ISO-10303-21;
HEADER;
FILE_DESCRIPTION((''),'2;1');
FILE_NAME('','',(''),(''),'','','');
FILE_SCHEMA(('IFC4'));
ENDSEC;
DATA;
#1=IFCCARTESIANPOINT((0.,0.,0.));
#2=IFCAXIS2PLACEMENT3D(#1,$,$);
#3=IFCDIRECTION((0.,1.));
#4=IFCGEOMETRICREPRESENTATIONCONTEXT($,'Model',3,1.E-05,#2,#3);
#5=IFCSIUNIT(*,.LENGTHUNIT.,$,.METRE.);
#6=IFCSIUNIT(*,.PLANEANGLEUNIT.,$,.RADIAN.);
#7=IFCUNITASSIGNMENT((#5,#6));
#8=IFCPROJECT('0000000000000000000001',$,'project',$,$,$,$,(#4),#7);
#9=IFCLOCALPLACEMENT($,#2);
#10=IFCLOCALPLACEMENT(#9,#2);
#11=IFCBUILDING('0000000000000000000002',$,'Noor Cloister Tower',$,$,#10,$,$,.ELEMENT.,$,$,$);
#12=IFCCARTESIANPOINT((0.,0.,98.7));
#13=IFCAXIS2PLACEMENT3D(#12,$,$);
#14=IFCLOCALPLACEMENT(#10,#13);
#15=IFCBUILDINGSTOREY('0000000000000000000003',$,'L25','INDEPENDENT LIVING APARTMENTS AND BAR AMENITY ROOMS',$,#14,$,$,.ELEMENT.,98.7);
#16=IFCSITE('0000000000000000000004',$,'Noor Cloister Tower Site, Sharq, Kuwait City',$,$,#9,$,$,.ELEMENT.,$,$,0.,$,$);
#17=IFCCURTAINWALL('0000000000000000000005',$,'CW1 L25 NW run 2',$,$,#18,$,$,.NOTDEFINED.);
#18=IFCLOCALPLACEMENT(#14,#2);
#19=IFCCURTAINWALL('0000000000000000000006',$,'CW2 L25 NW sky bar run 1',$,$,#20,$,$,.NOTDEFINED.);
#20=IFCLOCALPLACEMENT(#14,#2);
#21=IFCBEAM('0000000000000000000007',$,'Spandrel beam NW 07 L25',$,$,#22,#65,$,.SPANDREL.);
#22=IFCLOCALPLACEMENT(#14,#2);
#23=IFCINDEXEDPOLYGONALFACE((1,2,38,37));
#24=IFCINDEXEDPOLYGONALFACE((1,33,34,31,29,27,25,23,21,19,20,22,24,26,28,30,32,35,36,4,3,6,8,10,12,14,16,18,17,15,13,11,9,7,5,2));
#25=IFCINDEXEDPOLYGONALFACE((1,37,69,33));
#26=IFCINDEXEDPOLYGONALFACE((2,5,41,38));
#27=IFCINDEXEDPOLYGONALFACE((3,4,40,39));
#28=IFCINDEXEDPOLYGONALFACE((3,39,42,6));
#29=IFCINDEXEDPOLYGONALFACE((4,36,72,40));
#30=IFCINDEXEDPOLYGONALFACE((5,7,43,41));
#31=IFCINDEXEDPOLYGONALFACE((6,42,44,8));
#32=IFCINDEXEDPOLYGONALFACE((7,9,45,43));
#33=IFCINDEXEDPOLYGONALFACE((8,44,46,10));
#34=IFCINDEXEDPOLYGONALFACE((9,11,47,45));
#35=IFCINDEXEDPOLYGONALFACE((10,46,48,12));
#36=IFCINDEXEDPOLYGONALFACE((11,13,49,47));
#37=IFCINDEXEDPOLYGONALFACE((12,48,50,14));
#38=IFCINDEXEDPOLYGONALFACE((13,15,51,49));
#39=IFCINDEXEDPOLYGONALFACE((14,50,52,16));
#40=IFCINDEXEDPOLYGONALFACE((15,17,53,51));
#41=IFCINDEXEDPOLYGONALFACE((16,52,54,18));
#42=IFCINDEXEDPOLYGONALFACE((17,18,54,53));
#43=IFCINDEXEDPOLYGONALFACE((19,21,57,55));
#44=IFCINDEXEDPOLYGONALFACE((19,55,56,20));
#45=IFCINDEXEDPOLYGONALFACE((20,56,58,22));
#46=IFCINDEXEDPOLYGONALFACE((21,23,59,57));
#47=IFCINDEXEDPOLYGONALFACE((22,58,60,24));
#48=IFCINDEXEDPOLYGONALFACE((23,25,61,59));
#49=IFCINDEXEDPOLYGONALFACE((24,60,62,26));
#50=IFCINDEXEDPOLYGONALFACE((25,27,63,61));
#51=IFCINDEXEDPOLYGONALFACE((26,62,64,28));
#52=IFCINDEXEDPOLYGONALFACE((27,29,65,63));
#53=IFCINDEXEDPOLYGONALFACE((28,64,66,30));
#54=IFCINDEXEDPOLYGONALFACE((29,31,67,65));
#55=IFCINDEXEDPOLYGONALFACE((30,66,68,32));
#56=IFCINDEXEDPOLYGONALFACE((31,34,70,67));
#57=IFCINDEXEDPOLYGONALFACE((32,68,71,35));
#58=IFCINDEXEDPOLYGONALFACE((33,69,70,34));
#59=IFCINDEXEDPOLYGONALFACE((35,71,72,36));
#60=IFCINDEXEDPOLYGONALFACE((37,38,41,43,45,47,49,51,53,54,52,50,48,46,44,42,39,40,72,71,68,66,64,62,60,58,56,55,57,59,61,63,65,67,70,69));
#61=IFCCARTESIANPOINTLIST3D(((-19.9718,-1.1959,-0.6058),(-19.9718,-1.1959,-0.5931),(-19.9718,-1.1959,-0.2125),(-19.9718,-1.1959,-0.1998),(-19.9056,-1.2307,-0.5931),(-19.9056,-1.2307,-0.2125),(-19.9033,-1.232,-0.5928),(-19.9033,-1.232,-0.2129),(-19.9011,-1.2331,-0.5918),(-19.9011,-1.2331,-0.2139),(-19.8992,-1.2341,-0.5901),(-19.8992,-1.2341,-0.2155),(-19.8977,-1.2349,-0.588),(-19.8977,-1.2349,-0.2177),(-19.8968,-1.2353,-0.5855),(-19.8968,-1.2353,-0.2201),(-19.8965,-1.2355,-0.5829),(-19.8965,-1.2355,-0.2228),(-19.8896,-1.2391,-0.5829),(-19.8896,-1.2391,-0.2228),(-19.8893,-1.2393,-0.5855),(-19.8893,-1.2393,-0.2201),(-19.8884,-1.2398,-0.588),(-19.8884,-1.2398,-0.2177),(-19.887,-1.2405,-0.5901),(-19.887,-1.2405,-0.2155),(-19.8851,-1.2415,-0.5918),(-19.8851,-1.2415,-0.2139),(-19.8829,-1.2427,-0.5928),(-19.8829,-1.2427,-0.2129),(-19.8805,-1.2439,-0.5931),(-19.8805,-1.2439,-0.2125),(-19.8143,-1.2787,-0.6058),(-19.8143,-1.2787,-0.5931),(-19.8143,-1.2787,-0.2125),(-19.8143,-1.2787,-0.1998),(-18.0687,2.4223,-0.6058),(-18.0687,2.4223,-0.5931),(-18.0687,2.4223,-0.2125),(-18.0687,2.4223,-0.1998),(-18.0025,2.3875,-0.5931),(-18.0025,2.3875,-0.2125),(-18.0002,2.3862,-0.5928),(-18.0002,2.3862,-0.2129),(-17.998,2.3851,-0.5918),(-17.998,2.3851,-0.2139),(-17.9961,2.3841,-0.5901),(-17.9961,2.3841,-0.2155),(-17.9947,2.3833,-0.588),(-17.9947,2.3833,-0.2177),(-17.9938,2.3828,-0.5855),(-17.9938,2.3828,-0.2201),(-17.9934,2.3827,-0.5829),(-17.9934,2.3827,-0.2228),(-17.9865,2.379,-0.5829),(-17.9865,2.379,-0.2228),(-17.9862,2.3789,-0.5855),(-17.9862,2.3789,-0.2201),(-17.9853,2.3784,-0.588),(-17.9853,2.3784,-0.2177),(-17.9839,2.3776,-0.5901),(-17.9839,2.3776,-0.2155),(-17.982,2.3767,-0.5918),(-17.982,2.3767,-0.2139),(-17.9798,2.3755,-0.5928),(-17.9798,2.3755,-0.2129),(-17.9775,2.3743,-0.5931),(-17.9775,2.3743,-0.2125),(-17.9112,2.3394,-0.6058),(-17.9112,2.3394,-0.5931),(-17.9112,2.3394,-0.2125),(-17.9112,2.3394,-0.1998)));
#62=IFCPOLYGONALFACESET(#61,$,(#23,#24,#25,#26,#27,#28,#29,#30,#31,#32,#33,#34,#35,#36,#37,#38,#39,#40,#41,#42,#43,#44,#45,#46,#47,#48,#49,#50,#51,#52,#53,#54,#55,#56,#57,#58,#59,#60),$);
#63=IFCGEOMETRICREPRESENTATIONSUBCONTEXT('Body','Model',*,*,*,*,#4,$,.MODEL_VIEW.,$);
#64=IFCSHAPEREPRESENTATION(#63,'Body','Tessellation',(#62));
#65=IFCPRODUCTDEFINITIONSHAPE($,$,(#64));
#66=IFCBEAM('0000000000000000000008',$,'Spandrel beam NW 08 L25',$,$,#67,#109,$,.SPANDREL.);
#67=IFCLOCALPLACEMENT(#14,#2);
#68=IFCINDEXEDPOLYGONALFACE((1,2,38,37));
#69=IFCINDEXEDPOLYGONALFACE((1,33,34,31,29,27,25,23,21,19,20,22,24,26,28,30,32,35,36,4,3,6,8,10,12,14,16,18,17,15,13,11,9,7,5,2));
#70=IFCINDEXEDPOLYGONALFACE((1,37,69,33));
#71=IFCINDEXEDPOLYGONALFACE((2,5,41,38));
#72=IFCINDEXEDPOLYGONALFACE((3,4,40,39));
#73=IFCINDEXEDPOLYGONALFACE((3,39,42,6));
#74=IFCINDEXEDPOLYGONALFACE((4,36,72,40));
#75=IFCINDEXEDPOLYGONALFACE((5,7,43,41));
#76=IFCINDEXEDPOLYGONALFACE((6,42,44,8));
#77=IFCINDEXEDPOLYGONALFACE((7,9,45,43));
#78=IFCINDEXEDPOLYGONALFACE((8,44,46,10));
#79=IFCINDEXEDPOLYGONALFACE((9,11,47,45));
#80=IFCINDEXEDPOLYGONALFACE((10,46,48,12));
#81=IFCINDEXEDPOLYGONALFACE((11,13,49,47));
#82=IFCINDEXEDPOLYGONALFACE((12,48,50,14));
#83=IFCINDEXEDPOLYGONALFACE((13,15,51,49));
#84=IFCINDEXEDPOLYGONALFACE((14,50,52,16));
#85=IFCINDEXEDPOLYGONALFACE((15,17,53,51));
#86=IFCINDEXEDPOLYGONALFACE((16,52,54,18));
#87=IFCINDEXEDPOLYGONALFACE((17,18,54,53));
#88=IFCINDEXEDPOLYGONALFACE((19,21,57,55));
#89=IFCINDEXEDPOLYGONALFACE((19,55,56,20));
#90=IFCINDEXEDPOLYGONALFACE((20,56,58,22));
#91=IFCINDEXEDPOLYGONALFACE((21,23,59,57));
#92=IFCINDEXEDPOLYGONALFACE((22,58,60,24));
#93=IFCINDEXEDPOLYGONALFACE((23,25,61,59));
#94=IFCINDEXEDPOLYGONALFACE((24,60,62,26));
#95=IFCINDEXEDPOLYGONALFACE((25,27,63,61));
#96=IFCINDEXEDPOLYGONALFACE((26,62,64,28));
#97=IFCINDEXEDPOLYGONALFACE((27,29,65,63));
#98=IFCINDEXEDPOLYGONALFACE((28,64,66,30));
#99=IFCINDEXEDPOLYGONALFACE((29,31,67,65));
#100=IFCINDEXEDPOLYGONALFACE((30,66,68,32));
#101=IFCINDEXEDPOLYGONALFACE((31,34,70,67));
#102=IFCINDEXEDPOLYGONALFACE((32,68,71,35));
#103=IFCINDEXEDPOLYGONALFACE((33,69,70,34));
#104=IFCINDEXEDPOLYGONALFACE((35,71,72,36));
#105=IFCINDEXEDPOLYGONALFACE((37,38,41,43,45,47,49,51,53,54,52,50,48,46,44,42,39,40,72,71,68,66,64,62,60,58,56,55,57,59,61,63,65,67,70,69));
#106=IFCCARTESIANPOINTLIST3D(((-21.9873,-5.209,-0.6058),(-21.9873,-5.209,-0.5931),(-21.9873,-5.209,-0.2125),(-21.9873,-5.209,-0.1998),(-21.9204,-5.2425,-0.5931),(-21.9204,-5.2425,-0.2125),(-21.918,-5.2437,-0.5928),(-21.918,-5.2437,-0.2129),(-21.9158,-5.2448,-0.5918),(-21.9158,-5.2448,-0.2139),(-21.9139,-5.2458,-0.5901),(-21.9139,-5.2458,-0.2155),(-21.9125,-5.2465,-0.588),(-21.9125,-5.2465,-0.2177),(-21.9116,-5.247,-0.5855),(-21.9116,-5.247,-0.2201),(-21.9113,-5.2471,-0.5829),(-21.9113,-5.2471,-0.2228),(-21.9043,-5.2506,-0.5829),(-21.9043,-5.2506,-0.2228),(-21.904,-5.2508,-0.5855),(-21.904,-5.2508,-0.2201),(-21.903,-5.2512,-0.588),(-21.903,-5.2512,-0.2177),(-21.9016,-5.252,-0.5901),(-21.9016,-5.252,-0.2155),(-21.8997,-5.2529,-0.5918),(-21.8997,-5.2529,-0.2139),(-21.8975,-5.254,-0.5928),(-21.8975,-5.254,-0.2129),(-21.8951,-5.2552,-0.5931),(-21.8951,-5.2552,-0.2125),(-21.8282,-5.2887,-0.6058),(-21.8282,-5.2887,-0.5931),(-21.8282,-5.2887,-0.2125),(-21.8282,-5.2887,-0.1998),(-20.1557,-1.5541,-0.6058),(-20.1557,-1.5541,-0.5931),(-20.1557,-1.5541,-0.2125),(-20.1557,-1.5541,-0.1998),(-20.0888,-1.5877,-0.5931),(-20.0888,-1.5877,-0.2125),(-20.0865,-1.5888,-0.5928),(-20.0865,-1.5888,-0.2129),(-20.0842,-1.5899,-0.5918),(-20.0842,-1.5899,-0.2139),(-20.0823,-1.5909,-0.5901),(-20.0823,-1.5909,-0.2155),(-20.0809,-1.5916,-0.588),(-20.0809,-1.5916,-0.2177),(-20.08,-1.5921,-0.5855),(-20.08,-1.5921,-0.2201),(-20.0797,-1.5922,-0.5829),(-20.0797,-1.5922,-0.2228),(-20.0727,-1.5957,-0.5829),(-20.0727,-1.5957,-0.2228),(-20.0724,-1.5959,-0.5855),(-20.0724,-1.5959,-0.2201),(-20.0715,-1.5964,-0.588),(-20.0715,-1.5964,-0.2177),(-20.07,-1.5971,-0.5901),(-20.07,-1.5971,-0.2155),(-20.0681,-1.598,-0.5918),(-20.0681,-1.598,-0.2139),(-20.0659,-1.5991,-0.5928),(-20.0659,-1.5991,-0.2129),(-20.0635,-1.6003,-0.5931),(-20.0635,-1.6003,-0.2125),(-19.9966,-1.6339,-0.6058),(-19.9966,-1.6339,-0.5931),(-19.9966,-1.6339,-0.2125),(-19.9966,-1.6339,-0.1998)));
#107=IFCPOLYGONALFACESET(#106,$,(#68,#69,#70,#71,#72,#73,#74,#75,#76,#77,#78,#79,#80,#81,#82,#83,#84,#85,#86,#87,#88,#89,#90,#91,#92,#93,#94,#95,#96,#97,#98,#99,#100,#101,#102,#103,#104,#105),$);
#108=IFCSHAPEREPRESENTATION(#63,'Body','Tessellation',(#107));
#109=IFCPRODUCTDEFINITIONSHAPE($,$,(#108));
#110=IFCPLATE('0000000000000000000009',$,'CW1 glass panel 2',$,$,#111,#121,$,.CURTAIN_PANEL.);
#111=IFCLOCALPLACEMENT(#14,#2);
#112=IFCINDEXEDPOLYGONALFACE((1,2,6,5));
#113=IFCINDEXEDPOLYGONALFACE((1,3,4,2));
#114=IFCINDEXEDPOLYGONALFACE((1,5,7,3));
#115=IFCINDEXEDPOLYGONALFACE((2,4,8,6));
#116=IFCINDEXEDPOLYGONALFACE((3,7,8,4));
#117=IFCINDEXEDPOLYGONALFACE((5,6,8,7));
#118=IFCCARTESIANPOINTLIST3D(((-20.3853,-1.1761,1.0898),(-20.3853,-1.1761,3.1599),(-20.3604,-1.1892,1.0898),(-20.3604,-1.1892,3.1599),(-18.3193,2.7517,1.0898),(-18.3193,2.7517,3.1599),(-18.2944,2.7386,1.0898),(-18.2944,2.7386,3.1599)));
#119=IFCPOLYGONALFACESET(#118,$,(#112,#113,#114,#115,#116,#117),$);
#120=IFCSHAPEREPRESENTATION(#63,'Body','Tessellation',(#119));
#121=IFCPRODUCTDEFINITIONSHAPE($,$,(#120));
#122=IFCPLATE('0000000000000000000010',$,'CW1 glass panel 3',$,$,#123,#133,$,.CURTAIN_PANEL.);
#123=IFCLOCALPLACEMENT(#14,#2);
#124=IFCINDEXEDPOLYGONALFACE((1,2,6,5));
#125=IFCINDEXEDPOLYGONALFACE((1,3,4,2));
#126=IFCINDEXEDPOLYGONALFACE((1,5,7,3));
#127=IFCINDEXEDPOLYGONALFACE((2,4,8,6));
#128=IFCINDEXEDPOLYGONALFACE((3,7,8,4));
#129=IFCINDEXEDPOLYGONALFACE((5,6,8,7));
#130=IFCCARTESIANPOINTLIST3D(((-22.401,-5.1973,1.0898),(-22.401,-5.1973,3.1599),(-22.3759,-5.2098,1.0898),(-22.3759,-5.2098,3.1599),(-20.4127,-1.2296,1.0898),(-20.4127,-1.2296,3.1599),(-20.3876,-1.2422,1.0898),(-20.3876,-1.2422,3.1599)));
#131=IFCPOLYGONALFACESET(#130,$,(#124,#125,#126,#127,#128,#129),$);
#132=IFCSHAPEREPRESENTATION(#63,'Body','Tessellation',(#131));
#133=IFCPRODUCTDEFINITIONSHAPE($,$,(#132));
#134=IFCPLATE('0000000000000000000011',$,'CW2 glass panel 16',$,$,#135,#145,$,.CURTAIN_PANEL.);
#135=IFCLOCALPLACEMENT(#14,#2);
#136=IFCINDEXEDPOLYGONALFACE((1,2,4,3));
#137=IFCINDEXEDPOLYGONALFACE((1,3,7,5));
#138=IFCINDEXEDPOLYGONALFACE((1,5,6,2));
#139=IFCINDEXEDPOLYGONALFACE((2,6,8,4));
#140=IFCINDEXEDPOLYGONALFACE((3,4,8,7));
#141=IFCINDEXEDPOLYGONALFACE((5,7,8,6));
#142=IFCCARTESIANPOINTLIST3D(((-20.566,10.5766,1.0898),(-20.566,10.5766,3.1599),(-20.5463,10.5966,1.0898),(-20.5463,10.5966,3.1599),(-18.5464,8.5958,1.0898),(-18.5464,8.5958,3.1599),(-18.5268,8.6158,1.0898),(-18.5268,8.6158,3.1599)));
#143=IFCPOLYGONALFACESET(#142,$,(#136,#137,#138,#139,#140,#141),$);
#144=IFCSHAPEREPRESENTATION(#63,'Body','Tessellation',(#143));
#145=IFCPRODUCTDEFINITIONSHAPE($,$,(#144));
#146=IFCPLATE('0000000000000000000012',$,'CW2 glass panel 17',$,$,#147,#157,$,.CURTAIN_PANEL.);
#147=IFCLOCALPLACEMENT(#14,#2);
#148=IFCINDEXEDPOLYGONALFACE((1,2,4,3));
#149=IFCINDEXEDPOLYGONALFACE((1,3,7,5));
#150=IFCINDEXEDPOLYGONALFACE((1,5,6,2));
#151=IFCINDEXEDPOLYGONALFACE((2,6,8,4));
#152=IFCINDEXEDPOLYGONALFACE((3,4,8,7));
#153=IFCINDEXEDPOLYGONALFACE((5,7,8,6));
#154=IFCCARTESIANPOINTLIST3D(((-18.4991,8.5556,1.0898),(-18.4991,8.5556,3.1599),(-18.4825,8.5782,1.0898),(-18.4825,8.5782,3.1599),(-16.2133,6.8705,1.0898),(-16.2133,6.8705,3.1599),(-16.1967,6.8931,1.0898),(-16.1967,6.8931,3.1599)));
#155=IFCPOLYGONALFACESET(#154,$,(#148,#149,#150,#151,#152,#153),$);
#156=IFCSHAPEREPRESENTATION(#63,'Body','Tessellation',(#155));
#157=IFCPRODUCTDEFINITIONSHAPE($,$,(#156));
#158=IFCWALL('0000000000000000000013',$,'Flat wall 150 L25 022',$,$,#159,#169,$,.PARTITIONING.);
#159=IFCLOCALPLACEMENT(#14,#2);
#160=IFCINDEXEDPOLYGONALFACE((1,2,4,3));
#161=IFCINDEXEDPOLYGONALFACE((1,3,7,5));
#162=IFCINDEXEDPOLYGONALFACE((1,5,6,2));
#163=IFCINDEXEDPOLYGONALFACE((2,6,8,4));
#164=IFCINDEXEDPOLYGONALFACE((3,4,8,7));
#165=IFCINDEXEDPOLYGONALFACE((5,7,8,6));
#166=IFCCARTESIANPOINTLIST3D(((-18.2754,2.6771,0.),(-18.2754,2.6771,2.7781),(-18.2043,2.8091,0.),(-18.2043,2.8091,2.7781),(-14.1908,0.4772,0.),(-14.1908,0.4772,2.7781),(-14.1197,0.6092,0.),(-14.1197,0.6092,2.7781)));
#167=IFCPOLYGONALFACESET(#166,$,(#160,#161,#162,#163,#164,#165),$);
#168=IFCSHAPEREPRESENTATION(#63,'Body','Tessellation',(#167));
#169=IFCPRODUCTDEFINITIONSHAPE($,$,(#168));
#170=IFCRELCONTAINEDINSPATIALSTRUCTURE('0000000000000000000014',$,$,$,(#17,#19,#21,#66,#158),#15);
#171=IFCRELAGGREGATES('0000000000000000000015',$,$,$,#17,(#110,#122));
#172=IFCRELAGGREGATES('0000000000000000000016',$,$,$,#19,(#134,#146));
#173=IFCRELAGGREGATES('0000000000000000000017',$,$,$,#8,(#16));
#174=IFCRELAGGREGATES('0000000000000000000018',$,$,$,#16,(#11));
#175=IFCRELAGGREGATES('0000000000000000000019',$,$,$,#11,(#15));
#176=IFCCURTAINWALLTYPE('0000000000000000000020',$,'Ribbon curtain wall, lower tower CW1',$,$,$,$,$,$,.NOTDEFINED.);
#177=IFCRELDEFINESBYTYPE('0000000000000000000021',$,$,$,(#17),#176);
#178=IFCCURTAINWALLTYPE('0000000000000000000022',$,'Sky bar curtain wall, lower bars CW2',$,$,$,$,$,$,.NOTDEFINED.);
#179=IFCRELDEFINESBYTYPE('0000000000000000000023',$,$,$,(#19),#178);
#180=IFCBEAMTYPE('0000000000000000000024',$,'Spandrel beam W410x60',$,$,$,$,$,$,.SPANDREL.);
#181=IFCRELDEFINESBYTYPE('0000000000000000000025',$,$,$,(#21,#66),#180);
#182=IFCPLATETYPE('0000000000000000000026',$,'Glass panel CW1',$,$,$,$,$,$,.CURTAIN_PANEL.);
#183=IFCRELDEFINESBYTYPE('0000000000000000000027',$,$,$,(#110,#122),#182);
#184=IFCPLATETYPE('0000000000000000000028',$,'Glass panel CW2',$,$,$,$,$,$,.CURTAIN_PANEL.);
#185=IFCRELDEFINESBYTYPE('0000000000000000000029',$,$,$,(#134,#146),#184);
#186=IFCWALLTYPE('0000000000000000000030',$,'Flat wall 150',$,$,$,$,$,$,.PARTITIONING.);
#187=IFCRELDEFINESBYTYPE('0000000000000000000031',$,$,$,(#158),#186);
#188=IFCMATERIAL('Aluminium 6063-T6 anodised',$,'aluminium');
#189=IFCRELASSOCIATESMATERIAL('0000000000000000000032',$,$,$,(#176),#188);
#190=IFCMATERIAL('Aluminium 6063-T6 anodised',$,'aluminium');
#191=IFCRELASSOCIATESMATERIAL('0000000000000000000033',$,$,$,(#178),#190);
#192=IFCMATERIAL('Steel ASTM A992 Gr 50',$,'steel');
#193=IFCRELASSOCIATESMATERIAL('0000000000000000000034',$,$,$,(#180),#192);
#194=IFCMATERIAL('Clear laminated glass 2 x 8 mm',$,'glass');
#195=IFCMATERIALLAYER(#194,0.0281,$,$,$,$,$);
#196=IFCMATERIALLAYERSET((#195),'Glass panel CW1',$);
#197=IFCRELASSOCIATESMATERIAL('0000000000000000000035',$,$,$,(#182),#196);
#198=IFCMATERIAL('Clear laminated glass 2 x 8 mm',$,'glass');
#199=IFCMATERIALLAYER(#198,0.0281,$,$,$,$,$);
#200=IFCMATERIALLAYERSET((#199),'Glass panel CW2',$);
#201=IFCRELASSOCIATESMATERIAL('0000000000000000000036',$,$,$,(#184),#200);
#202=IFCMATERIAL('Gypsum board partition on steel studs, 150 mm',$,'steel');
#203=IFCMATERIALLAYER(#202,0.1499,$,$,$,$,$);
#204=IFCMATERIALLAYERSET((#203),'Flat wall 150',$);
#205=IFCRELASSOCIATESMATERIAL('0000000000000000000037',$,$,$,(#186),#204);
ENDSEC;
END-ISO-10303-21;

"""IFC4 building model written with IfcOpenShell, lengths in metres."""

from ifc_helpers import new_model, si_unit, direction, frame, frame_2d, origin, origin_2d, place, context, subcontext, project, spatial, rectangle, i_section, extrude, material, layer, layer_set, material_profile, profile_set, type_object, element, aggregate, save


model = new_model("IFC4")

# Units and contexts
model_context = context("Model", 3, precision=1e-05, world=origin(), true_north=direction((0.0, 1.0)))
body_context = subcontext(model_context, "Body", "Model", "MODEL_VIEW")
ifc_project = project(units=[si_unit("LENGTHUNIT", "METRE"), si_unit("PLANEANGLEUNIT", "RADIAN")], contexts=[model_context])

# Site, building, storey
site_placement = place(None, origin())
site = spatial("IfcSite", under=ifc_project, at=site_placement, Name="Noor Cloister Tower Site, Sharq, Kuwait City", CompositionType="ELEMENT", RefElevation=0.0)
building_placement = place(site_placement, origin())
building = spatial("IfcBuilding", under=site, at=building_placement, Name="Noor Cloister Tower", CompositionType="ELEMENT")
storey_placement = place(building_placement, frame((0.0, 0.0, 98.7)))
storey = spatial("IfcBuildingStorey", under=building, at=storey_placement, Name="L25", Description="INDEPENDENT LIVING APARTMENTS AND BAR AMENITY ROOMS", CompositionType="ELEMENT", Elevation=98.7)

# Curtain walls
ifc_material_1 = material(Name="Aluminium 6063-T6 anodised", Category="aluminium")
curtain_wall_type_1 = type_object("IfcCurtainWallType", Name="Ribbon curtain wall, lower tower CW1", PredefinedType="NOTDEFINED", material=ifc_material_1)
curtain_wall_1_placement = place(storey_placement, origin())
curtain_wall_1 = element("IfcCurtainWall", 1, at=curtain_wall_1_placement, inside=storey, type_object=curtain_wall_type_1, Name="CW1 L25 NW run 2", PredefinedType="NOTDEFINED")
ifc_material_2 = material(Name="Aluminium 6063-T6 anodised", Category="aluminium")
curtain_wall_type_2 = type_object("IfcCurtainWallType", Name="Sky bar curtain wall, lower bars CW2", PredefinedType="NOTDEFINED", material=ifc_material_2)
curtain_wall_2_placement = place(storey_placement, origin())
curtain_wall_2 = element("IfcCurtainWall", 2, at=curtain_wall_2_placement, inside=storey, type_object=curtain_wall_type_2, Name="CW2 L25 NW sky bar run 1", PredefinedType="NOTDEFINED")

# Beams
ifc_material_3 = material(Name="Steel ASTM A992 Gr 50", Category="steel")
ifc_material_profile_1 = material_profile(ifc_material_3, i_section(OverallWidth=0.178, OverallDepth=0.406, WebThickness=0.0078, FlangeThickness=0.0127, FilletRadius=0.0103, at=origin_2d()), Name="W410x60")
ifc_profile_set_1 = profile_set([ifc_material_profile_1], Name="Steel ASTM A992 Gr 50")
beam_type_1 = type_object("IfcBeamType", Name="Spandrel beam W410x60", PredefinedType="SPANDREL", material=ifc_profile_set_1)
for number, where, z_axis, x_axis, name in (
    (3, (-17.99, 2.3809, -0.4028), (-0.465513, -0.885041, 0.0), (0.885041, -0.465513, 0.0), "Spandrel beam NW 07 L25"),
    (4, (-20.0762, -1.594, -0.4028), (-0.448026, -0.894021, 0.0), (0.894021, -0.448026, 0.0), "Spandrel beam NW 08 L25"),
):
    element("IfcBeam", number, at=place(storey_placement, frame(where, z_axis=z_axis, x_axis=x_axis)), inside=storey, type_object=beam_type_1, Name=name, PredefinedType="SPANDREL", context=body_context, shape_type="SweptSolid", body=[
        extrude(i_section(OverallWidth=0.178, OverallDepth=0.406, WebThickness=0.0078, FlangeThickness=0.0127, FilletRadius=0.0103, at=origin_2d()), origin(), (0.0, 0.0, 1.0), 4.0881),
    ])

# Plates
ifc_material_4 = material(Name="Clear laminated glass 2 x 8 mm", Category="glass")
ifc_layer_1 = layer(ifc_material_4, 0.0281)
ifc_layer_set_1 = layer_set([ifc_layer_1], Name="Glass panel CW1")
plate_type_1 = type_object("IfcPlateType", Name="Glass panel CW1", PredefinedType="CURTAIN_PANEL", material=ifc_layer_set_1)
plate_1_placement = place(storey_placement, frame((-19.3398, 0.7812, 1.0898), z_axis=(0.0, 0.0, 1.0), x_axis=(-0.465529, -0.885033, 0.0)))
plate_1 = element("IfcPlate", 5, at=plate_1_placement, type_object=plate_type_1, Name="CW1 glass panel 2", PredefinedType="CURTAIN_PANEL", context=body_context, shape_type="SweptSolid", body=[
    extrude(rectangle(XDim=4.438, YDim=0.0281, at=origin_2d()), origin(), (0.0, 0.0, 1.0), 2.0701),
])
plate_2_placement = place(storey_placement, frame((-21.3943, -3.2197, 1.0898), z_axis=(0.0, 0.0, 1.0), x_axis=(-0.44802, -0.894024, 0.0)))
plate_2 = element("IfcPlate", 6, at=plate_2_placement, type_object=plate_type_1, Name="CW1 glass panel 3", PredefinedType="CURTAIN_PANEL", context=body_context, shape_type="SweptSolid", body=[
    extrude(rectangle(XDim=4.438, YDim=0.0281, at=origin_2d()), origin(), (0.0, 0.0, 1.0), 2.0701),
])
aggregate(curtain_wall_1, [plate_1, plate_2])
ifc_material_5 = material(Name="Clear laminated glass 2 x 8 mm", Category="glass")
ifc_layer_2 = layer(ifc_material_5, 0.0281)
ifc_layer_set_2 = layer_set([ifc_layer_2], Name="Glass panel CW2")
plate_type_2 = type_object("IfcPlateType", Name="Glass panel CW2", PredefinedType="CURTAIN_PANEL", material=ifc_layer_set_2)
plate_3_placement = place(storey_placement, frame((-19.5464, 9.5962, 1.0898), z_axis=(0.0, 0.0, 1.0), x_axis=(0.713922, -0.700225, 0.0)))
plate_3 = element("IfcPlate", 7, at=plate_3_placement, type_object=plate_type_2, Name="CW2 glass panel 16", PredefinedType="CURTAIN_PANEL", context=body_context, shape_type="SweptSolid", body=[
    extrude(rectangle(XDim=2.8289, YDim=0.0281, at=origin_2d()), origin(), (0.0, 0.0, 1.0), 2.0701),
])
plate_4_placement = place(storey_placement, frame((-17.3479, 7.7244, 1.0898), z_axis=(0.0, 0.0, 1.0), x_axis=(0.804907, -0.593401, 0.0)))
plate_4 = element("IfcPlate", 8, at=plate_4_placement, type_object=plate_type_2, Name="CW2 glass panel 17", PredefinedType="CURTAIN_PANEL", context=body_context, shape_type="SweptSolid", body=[
    extrude(rectangle(XDim=2.8398, YDim=0.0281, at=origin_2d()), origin(), (0.0, 0.0, 1.0), 2.0701),
])
aggregate(curtain_wall_2, [plate_3, plate_4])

# Wall
ifc_material_6 = material(Name="Gypsum board partition on steel studs, 150 mm", Category="steel")
ifc_layer_3 = layer(ifc_material_6, 0.1499)
ifc_layer_set_3 = layer_set([ifc_layer_3], Name="Flat wall 150")
wall_type = type_object("IfcWallType", Name="Flat wall 150", PredefinedType="PARTITIONING", material=ifc_layer_set_3)
wall_placement = place(storey_placement, frame((-18.24, 2.7432, 0.0), z_axis=(0.0, 0.0, 1.0), x_axis=(0.880427, -0.474181, 0.0)))
element("IfcWall", 9, at=wall_placement, inside=storey, type_object=wall_type, Name="Flat wall 150 L25 022", PredefinedType="PARTITIONING", context=body_context, shape_type="SweptSolid", body=[
    extrude(rectangle(XDim=4.6394, YDim=0.1499, at=frame_2d((2.3198, 0.0))), origin(), (0.0, 0.0, 1.0), 2.7781),
])

save(model, "model.ifc")
